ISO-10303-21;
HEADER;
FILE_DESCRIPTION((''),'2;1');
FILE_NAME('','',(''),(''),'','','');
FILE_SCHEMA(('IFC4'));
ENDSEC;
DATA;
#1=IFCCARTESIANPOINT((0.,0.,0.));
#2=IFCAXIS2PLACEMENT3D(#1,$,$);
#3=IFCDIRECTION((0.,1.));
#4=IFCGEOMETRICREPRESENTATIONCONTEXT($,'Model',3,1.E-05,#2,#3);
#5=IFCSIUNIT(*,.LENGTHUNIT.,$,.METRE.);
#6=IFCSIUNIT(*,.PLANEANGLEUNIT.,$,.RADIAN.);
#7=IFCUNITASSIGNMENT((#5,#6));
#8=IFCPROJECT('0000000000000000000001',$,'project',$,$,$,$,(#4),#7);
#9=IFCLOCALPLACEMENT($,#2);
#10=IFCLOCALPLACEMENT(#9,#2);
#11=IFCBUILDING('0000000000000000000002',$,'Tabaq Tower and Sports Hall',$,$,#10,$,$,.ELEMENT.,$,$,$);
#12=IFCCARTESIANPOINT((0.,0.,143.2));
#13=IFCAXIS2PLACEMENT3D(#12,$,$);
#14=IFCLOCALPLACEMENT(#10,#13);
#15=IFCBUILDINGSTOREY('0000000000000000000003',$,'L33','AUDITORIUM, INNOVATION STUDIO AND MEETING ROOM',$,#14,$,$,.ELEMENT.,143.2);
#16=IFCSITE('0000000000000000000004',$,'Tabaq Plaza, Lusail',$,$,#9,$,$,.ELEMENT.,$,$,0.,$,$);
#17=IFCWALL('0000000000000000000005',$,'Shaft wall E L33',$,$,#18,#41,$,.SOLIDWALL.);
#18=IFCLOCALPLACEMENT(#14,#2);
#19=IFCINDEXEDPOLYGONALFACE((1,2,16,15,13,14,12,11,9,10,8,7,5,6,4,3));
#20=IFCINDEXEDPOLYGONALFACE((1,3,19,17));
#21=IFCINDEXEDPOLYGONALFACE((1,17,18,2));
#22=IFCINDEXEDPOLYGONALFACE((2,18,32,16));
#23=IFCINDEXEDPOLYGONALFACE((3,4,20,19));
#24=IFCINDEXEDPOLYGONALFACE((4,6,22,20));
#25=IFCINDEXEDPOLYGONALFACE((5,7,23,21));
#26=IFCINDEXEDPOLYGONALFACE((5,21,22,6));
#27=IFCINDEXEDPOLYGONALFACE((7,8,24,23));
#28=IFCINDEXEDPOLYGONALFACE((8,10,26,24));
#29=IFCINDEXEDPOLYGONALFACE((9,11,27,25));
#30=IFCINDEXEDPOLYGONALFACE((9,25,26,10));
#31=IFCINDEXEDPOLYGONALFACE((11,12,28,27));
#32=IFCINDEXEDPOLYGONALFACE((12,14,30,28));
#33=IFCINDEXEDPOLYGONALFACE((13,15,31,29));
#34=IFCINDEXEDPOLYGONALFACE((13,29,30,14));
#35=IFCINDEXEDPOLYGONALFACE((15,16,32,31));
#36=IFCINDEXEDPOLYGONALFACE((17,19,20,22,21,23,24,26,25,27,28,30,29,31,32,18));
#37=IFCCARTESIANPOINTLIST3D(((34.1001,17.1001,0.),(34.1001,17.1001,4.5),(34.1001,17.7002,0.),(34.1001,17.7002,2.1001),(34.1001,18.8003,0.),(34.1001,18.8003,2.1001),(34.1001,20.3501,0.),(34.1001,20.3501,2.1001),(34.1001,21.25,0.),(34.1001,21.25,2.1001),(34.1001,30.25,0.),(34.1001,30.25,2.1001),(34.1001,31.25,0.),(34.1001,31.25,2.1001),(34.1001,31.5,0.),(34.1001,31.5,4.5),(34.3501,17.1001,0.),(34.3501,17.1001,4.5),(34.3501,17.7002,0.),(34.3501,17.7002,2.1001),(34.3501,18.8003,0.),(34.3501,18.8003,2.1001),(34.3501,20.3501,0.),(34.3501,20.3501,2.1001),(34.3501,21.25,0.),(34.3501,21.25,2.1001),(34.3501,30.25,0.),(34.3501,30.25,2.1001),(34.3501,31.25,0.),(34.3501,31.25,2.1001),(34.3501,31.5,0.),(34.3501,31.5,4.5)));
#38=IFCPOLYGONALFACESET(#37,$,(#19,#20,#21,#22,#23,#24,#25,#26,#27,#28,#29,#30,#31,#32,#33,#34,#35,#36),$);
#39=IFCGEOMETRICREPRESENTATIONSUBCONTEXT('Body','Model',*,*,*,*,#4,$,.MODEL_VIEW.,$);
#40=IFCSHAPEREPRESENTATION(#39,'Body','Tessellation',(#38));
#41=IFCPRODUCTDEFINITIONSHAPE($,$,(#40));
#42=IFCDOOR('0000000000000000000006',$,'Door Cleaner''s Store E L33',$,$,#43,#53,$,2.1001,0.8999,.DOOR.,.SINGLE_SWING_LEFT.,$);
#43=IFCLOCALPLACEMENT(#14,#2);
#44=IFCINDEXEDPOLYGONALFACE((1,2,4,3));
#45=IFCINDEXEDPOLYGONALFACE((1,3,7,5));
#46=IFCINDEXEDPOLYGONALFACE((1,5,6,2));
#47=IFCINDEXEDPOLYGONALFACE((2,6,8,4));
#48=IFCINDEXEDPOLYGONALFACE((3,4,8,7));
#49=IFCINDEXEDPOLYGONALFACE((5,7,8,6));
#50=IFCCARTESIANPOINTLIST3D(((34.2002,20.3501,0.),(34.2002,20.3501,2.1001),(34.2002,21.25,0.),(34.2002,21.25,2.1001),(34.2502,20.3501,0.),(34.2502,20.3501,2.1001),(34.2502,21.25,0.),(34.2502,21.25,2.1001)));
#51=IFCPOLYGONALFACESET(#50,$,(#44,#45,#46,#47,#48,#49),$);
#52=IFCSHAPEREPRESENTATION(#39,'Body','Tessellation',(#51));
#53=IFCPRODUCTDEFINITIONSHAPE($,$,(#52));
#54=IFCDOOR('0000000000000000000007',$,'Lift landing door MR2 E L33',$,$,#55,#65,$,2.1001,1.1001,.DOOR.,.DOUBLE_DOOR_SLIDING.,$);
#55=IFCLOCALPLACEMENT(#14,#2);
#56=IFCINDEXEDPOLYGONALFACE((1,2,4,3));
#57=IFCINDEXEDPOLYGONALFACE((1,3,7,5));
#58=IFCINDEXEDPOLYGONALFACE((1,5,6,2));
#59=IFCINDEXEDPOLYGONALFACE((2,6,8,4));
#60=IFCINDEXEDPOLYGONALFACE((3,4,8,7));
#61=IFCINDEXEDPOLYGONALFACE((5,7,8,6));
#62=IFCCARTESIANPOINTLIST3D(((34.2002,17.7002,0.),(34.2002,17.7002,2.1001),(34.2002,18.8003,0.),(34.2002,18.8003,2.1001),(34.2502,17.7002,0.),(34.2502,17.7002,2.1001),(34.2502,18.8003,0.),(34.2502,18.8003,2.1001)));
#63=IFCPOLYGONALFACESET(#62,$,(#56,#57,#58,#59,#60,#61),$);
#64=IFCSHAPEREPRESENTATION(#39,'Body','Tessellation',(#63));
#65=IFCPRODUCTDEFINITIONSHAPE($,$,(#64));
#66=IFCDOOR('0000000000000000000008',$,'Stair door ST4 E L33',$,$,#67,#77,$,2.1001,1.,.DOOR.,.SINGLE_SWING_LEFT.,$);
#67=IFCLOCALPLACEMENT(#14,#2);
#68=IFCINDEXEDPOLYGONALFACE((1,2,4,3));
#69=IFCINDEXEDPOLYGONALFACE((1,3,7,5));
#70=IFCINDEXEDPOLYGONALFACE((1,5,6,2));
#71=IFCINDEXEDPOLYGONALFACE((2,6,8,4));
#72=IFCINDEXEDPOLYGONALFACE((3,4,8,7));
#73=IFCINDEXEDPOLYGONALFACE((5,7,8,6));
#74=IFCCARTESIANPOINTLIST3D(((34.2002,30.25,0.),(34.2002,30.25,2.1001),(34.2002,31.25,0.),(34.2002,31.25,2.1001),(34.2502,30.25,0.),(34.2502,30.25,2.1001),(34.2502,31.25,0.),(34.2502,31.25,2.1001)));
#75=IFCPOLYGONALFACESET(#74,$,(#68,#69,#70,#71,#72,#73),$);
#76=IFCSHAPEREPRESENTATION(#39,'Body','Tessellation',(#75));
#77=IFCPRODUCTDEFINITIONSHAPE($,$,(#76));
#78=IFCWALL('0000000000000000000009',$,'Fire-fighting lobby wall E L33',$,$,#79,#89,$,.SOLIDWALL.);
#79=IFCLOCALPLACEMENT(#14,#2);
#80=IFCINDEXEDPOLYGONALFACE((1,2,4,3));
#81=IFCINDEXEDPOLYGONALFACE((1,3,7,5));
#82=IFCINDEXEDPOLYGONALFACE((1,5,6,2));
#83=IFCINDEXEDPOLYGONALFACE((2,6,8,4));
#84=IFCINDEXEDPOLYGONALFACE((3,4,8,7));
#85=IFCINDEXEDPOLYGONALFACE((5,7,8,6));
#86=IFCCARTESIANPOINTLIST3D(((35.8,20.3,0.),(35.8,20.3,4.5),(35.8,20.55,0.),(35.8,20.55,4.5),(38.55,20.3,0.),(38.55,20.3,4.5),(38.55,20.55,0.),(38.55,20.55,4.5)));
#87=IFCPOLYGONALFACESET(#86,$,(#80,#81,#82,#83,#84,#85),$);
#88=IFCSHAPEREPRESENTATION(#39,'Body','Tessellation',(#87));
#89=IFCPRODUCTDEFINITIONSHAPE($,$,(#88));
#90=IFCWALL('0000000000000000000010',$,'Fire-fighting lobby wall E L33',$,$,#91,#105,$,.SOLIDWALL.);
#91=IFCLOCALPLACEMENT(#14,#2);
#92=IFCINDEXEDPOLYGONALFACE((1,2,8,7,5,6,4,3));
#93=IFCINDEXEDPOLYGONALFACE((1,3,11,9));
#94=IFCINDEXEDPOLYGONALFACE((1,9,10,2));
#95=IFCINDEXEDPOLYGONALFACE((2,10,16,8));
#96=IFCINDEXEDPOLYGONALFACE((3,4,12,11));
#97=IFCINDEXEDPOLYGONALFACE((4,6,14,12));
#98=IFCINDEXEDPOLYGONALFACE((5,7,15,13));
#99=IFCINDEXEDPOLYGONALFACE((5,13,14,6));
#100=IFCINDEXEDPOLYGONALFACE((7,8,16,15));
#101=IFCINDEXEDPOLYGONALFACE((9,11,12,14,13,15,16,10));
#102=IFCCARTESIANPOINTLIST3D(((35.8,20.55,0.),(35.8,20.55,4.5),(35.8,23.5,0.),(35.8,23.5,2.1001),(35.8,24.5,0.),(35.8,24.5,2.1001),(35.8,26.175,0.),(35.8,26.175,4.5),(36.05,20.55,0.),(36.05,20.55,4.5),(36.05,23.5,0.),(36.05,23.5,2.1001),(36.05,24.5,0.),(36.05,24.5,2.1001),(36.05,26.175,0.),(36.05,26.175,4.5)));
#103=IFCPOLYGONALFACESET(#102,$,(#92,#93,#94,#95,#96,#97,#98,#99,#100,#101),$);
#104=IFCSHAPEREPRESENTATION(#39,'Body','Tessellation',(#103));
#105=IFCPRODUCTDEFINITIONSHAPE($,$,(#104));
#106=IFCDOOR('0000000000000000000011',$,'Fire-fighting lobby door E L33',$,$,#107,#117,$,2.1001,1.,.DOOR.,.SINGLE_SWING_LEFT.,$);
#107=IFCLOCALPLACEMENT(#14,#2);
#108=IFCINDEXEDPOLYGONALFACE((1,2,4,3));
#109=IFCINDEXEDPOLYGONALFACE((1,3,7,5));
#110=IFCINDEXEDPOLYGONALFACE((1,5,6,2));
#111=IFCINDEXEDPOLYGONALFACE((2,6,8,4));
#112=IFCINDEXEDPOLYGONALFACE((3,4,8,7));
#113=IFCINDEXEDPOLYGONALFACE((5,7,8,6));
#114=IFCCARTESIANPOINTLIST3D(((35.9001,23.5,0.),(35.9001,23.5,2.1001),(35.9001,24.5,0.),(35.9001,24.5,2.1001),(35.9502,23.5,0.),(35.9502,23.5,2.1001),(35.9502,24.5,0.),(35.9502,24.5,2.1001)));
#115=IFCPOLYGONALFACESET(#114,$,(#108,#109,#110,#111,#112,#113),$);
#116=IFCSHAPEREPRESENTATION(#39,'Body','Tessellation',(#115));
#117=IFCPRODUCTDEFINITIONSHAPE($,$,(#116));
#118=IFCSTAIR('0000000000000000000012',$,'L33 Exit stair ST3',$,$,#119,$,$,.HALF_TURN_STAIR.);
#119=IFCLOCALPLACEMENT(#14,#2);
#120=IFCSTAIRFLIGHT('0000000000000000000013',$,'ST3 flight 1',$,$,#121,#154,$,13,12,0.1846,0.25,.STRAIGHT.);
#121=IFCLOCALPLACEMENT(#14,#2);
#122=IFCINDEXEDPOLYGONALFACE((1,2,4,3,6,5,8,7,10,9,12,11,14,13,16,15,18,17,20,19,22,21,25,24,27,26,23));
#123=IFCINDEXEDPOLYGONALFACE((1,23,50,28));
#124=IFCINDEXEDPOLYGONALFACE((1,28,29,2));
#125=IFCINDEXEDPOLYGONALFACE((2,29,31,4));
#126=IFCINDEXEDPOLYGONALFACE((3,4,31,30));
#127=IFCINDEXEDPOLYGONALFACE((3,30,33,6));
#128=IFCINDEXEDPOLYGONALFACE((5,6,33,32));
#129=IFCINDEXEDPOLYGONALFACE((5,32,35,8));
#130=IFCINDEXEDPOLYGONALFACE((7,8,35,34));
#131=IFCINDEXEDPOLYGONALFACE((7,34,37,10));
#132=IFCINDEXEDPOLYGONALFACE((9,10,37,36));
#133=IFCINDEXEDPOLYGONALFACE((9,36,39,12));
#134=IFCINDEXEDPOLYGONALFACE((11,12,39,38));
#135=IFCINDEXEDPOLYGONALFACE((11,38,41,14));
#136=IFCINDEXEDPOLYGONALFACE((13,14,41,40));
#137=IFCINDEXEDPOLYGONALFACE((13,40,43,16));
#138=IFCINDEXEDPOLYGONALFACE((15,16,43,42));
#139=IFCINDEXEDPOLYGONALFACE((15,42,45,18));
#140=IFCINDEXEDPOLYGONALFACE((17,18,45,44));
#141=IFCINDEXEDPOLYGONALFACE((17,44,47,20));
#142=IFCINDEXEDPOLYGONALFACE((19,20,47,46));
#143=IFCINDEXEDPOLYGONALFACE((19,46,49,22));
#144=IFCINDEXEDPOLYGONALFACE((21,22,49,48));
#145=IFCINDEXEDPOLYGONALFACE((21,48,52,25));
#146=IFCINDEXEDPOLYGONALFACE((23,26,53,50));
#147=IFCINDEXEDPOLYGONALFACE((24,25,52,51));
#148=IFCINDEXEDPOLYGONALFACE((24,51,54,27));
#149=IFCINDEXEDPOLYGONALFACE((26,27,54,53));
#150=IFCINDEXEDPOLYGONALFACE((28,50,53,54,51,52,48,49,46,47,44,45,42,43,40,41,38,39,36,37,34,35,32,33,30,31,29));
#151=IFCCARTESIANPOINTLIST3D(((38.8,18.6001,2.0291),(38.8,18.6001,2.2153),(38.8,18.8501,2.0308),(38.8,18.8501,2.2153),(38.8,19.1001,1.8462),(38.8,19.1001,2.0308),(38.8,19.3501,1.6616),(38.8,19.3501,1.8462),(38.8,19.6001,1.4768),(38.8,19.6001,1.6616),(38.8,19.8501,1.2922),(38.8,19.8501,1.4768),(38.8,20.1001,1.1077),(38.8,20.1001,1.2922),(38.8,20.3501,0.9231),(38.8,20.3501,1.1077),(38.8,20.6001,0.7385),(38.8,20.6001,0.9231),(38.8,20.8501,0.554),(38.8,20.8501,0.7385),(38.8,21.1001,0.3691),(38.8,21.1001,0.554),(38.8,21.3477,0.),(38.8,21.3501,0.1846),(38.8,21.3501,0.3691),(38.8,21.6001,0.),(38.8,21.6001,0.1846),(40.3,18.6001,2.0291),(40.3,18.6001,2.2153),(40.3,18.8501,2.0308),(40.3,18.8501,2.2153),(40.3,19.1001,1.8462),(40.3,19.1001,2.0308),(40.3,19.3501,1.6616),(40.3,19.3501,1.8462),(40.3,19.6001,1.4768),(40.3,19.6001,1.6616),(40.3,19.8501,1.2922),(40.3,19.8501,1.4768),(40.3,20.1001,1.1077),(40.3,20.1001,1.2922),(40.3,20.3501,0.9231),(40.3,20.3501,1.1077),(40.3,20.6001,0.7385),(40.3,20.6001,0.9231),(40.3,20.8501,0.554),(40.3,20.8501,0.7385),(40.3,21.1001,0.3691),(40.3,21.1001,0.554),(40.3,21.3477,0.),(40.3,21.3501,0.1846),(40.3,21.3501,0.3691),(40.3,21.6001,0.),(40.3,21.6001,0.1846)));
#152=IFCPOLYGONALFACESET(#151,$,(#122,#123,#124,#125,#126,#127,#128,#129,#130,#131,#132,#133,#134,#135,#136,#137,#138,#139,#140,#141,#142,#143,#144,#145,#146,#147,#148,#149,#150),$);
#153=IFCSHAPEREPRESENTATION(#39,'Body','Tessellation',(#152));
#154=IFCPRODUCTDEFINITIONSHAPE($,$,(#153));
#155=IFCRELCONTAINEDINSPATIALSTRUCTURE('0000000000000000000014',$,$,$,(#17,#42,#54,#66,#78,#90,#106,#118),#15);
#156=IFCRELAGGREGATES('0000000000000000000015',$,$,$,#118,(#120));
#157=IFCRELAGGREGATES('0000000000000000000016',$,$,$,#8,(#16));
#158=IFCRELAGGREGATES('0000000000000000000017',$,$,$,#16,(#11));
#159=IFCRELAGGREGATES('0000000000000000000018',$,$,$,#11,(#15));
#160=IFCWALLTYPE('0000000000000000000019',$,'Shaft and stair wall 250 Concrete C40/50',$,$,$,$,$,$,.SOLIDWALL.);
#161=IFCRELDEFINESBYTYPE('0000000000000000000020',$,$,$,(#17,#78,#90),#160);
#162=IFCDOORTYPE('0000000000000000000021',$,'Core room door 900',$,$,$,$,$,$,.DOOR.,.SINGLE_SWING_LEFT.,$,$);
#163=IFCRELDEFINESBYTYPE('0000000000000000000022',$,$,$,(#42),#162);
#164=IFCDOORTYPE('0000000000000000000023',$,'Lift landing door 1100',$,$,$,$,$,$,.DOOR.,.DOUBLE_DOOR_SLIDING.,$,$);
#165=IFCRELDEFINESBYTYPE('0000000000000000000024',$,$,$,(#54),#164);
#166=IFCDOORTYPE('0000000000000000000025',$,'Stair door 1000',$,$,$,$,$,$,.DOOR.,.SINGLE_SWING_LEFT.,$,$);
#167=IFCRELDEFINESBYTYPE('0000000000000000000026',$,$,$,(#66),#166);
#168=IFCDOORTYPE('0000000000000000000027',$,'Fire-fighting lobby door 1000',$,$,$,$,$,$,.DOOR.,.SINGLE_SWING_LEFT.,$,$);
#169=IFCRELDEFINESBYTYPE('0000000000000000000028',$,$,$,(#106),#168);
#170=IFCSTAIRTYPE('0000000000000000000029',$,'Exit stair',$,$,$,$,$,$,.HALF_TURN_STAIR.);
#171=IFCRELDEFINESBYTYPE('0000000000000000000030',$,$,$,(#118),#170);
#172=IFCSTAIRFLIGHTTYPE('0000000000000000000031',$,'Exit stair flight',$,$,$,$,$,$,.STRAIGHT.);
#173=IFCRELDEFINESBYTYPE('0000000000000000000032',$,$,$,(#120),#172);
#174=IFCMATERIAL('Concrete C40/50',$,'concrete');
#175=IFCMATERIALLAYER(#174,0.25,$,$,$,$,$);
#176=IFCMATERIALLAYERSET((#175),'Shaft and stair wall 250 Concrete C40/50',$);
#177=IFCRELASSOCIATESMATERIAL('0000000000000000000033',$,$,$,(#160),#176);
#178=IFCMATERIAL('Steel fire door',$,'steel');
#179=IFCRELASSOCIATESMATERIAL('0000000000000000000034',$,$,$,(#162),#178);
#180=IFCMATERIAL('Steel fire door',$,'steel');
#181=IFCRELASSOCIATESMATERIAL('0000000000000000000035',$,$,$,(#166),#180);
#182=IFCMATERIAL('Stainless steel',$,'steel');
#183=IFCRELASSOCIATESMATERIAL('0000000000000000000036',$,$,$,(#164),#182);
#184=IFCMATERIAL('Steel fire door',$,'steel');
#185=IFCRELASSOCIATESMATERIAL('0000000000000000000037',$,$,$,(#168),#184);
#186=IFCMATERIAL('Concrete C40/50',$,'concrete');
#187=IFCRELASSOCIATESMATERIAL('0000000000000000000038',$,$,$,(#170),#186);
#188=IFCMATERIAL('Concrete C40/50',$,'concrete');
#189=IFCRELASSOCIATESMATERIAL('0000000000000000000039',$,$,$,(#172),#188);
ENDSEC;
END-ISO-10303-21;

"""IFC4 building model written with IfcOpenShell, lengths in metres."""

from ifc_helpers import new_model, si_unit, direction, frame, frame_2d, origin, place, context, subcontext, project, spatial, polyline, rectangle, outline, extrude, material, layer, layer_set, type_object, element, fill, aggregate, save


model = new_model("IFC4")

# Units and contexts
model_context = context("Model", 3, precision=1e-05, world=origin(), true_north=direction((0.0, 1.0)))
body_context = subcontext(model_context, "Body", "Model", "MODEL_VIEW")
ifc_project = project(units=[si_unit("LENGTHUNIT", "METRE"), si_unit("PLANEANGLEUNIT", "RADIAN")], contexts=[model_context])

# Site, building, storey
site_placement = place(None, origin())
site = spatial("IfcSite", under=ifc_project, at=site_placement, Name="Tabaq Plaza, Lusail", CompositionType="ELEMENT", RefElevation=0.0)
building_placement = place(site_placement, origin())
building = spatial("IfcBuilding", under=site, at=building_placement, Name="Tabaq Tower and Sports Hall", CompositionType="ELEMENT")
storey_placement = place(building_placement, frame((0.0, 0.0, 143.2)))
storey = spatial("IfcBuildingStorey", under=building, at=storey_placement, Name="L33", Description="AUDITORIUM, INNOVATION STUDIO AND MEETING ROOM", CompositionType="ELEMENT", Elevation=143.2)

# Wall, openings, doors
ifc_material_1 = material(Name="Concrete C40/50", Category="concrete")
ifc_layer_1 = layer(ifc_material_1, 0.25)
ifc_layer_set_1 = layer_set([ifc_layer_1], Name="Shaft and stair wall 250 Concrete C40/50")
wall_type_1 = type_object("IfcWallType", Name="Shaft and stair wall 250 Concrete C40/50", PredefinedType="SOLIDWALL", material=ifc_layer_set_1)
ifc_material_2 = material(Name="Steel fire door", Category="steel")
door_type_1 = type_object("IfcDoorType", Name="Core room door 900", OperationType="SINGLE_SWING_LEFT", PredefinedType="DOOR", material=ifc_material_2)
ifc_material_3 = material(Name="Steel fire door", Category="steel")
door_type_2 = type_object("IfcDoorType", Name="Stair door 1000", OperationType="SINGLE_SWING_LEFT", PredefinedType="DOOR", material=ifc_material_3)
wall_1_placement = place(storey_placement, frame((34.2251, 17.1001, 0.0), z_axis=(0.0, 0.0, 1.0), x_axis=(0.0, 1.0, 0.0)))
wall_1 = element("IfcWall", 1, at=wall_1_placement, inside=storey, type_object=wall_type_1, Name="Shaft wall E L33", PredefinedType="SOLIDWALL", context=body_context, shape_type="SweptSolid", body=[
    extrude(rectangle(XDim=14.3999, YDim=0.25, at=frame_2d((7.2, 0.0))), origin(), (0.0, 0.0, 1.0), 4.5),
])
opening_1_placement = place(wall_1_placement, frame((13.1499, 0.0, 0.0)))
opening_1 = element("IfcOpeningElement", 2, at=opening_1_placement, cuts=wall_1, PredefinedType="OPENING", context=body_context, shape_type="SweptSolid", body=[
    extrude(rectangle(XDim=1.0, YDim=2.1001, at=frame_2d((0.5, 1.05))), frame((0.0, 0.125, 0.0), z_axis=(0.0, -1.0, 0.0), x_axis=(1.0, 0.0, 0.0)), (0.0, 0.0, 1.0), 0.25),
])
opening_2_placement = place(wall_1_placement, frame((0.6001, 0.0, 0.0)))
opening_2 = element("IfcOpeningElement", 3, at=opening_2_placement, cuts=wall_1, PredefinedType="OPENING", context=body_context, shape_type="SweptSolid", body=[
    extrude(rectangle(XDim=1.1001, YDim=2.1001, at=frame_2d((0.55, 1.05))), frame((0.0, 0.125, 0.0), z_axis=(0.0, -1.0, 0.0), x_axis=(1.0, 0.0, 0.0)), (0.0, 0.0, 1.0), 0.25),
])
opening_3_placement = place(wall_1_placement, frame((3.25, 0.0, 0.0)))
opening_3 = element("IfcOpeningElement", 4, at=opening_3_placement, cuts=wall_1, PredefinedType="OPENING", context=body_context, shape_type="SweptSolid", body=[
    extrude(rectangle(XDim=0.8999, YDim=2.1001, at=frame_2d((0.45, 1.05))), frame((0.0, 0.125, 0.0), z_axis=(0.0, -1.0, 0.0), x_axis=(1.0, 0.0, 0.0)), (0.0, 0.0, 1.0), 0.25),
])
door_1_placement = place(opening_3_placement, origin())
door_1 = element("IfcDoor", 5, at=door_1_placement, inside=storey, type_object=door_type_1, Name="Door Cleaner's Store E L33", OperationType="SINGLE_SWING_LEFT", OverallHeight=2.1001, OverallWidth=0.8999, PredefinedType="DOOR", context=body_context, shape_type="SweptSolid", body=[
    extrude(rectangle(XDim=0.8999, YDim=2.1001, at=frame_2d((0.45, 1.05))), frame((0.0, 0.0249, 0.0), z_axis=(0.0, -1.0, 0.0), x_axis=(1.0, 0.0, 0.0)), (0.0, 0.0, 1.0), 0.05),
])
fill(opening_3, door_1)
ifc_material_4 = material(Name="Stainless steel", Category="steel")
door_type_3 = type_object("IfcDoorType", Name="Lift landing door 1100", OperationType="DOUBLE_DOOR_SLIDING", PredefinedType="DOOR", material=ifc_material_4)
door_2_placement = place(opening_2_placement, origin())
door_2 = element("IfcDoor", 6, at=door_2_placement, inside=storey, type_object=door_type_3, Name="Lift landing door MR2 E L33", OperationType="DOUBLE_DOOR_SLIDING", OverallHeight=2.1001, OverallWidth=1.1001, PredefinedType="DOOR", context=body_context, shape_type="SweptSolid", body=[
    extrude(rectangle(XDim=1.1001, YDim=2.1001, at=frame_2d((0.55, 1.05))), frame((0.0, 0.0249, 0.0), z_axis=(0.0, -1.0, 0.0), x_axis=(1.0, 0.0, 0.0)), (0.0, 0.0, 1.0), 0.05),
])
fill(opening_2, door_2)
door_3_placement = place(opening_1_placement, origin())
door_3 = element("IfcDoor", 7, at=door_3_placement, inside=storey, type_object=door_type_2, Name="Stair door ST4 E L33", OperationType="SINGLE_SWING_LEFT", OverallHeight=2.1001, OverallWidth=1.0, PredefinedType="DOOR", context=body_context, shape_type="SweptSolid", body=[
    extrude(rectangle(XDim=1.0, YDim=2.1001, at=frame_2d((0.5, 1.05))), frame((0.0, 0.0249, 0.0), z_axis=(0.0, -1.0, 0.0), x_axis=(1.0, 0.0, 0.0)), (0.0, 0.0, 1.0), 0.05),
])
fill(opening_1, door_3)

# Wall
wall_2_placement = place(storey_placement, frame((35.8, 20.425, 0.0), z_axis=(0.0, 0.0, 1.0), x_axis=(1.0, 0.0, 0.0)))
element("IfcWall", 8, at=wall_2_placement, inside=storey, type_object=wall_type_1, Name="Fire-fighting lobby wall E L33", PredefinedType="SOLIDWALL", context=body_context, shape_type="SweptSolid", body=[
    extrude(rectangle(XDim=2.75, YDim=0.25, at=frame_2d((1.375, 0.0))), origin(), (0.0, 0.0, 1.0), 4.5),
])

# Wall, opening, door
wall_3_placement = place(storey_placement, frame((35.925, 20.55, 0.0), z_axis=(0.0, 0.0, 1.0), x_axis=(0.0, 1.0, 0.0)))
wall_3 = element("IfcWall", 9, at=wall_3_placement, inside=storey, type_object=wall_type_1, Name="Fire-fighting lobby wall E L33", PredefinedType="SOLIDWALL", context=body_context, shape_type="SweptSolid", body=[
    extrude(rectangle(XDim=5.625, YDim=0.25, at=frame_2d((2.8125, 0.0))), origin(), (0.0, 0.0, 1.0), 4.5),
])
opening_4_placement = place(wall_3_placement, frame((2.95, 0.0, 0.0)))
opening_4 = element("IfcOpeningElement", 10, at=opening_4_placement, cuts=wall_3, PredefinedType="OPENING", context=body_context, shape_type="SweptSolid", body=[
    extrude(rectangle(XDim=1.0, YDim=2.1001, at=frame_2d((0.5, 1.05))), frame((0.0, 0.125, 0.0), z_axis=(0.0, -1.0, 0.0), x_axis=(1.0, 0.0, 0.0)), (0.0, 0.0, 1.0), 0.25),
])
ifc_material_5 = material(Name="Steel fire door", Category="steel")
door_type_4 = type_object("IfcDoorType", Name="Fire-fighting lobby door 1000", OperationType="SINGLE_SWING_LEFT", PredefinedType="DOOR", material=ifc_material_5)
door_4_placement = place(opening_4_placement, origin())
door_4 = element("IfcDoor", 11, at=door_4_placement, inside=storey, type_object=door_type_4, Name="Fire-fighting lobby door E L33", OperationType="SINGLE_SWING_LEFT", OverallHeight=2.1001, OverallWidth=1.0, PredefinedType="DOOR", context=body_context, shape_type="SweptSolid", body=[
    extrude(rectangle(XDim=1.0, YDim=2.1001, at=frame_2d((0.5, 1.05))), frame((0.0, 0.0249, 0.0), z_axis=(0.0, -1.0, 0.0), x_axis=(1.0, 0.0, 0.0)), (0.0, 0.0, 1.0), 0.05),
])
fill(opening_4, door_4)

# Stair, stair flight
ifc_material_6 = material(Name="Concrete C40/50", Category="concrete")
stair_type = type_object("IfcStairType", Name="Exit stair", PredefinedType="HALF_TURN_STAIR", material=ifc_material_6)
stair_placement = place(storey_placement, origin())
stair = element("IfcStair", 12, at=stair_placement, inside=storey, type_object=stair_type, Name="L33 Exit stair ST3", PredefinedType="HALF_TURN_STAIR")
ifc_material_7 = material(Name="Concrete C40/50", Category="concrete")
stair_flight_type = type_object("IfcStairFlightType", Name="Exit stair flight", PredefinedType="STRAIGHT", material=ifc_material_7)
stair_flight_1_placement = place(storey_placement, frame((39.55, 21.6001, 0.0), z_axis=(0.0, 0.0, 1.0), x_axis=(0.0, -1.0, 0.0)))
stair_flight_1 = element("IfcStairFlight", 13, at=stair_flight_1_placement, type_object=stair_flight_type, Name="ST3 flight 1", NumberOfRisers=13, NumberOfTreads=12, PredefinedType="STRAIGHT", RiserHeight=0.1846, TreadLength=0.25, context=body_context, shape_type="SweptSolid", body=[
    extrude(outline(polyline([(0.0, 0.0), (0.0, 0.1846), (0.25, 0.1846), (0.25, 0.3691), (0.5, 0.3691), (0.5, 0.554), (0.75, 0.554), (0.75, 0.7385), (1.0, 0.7385), (1.0, 0.9231), (1.25, 0.9231), (1.25, 1.1077), (1.5, 1.1077), (1.5, 1.2922), (1.75, 1.2922), (1.75, 1.4768), (2.0, 1.4768), (2.0, 1.6616), (2.25, 1.6616), (2.25, 1.8462), (2.5, 1.8462), (2.5, 2.0308), (2.75, 2.0308), (2.75, 2.2153), (3.0, 2.2153), (3.0, 2.3999), (3.0, 2.0291), (0.2524, 0.0), (0.0, 0.0)])), frame((0.0, 0.75, 0.0), z_axis=(0.0, -1.0, 0.0), x_axis=(1.0, 0.0, 0.0)), (0.0, 0.0, 1.0), 1.5),
])
aggregate(stair, [stair_flight_1])

save(model, "model.ifc")
